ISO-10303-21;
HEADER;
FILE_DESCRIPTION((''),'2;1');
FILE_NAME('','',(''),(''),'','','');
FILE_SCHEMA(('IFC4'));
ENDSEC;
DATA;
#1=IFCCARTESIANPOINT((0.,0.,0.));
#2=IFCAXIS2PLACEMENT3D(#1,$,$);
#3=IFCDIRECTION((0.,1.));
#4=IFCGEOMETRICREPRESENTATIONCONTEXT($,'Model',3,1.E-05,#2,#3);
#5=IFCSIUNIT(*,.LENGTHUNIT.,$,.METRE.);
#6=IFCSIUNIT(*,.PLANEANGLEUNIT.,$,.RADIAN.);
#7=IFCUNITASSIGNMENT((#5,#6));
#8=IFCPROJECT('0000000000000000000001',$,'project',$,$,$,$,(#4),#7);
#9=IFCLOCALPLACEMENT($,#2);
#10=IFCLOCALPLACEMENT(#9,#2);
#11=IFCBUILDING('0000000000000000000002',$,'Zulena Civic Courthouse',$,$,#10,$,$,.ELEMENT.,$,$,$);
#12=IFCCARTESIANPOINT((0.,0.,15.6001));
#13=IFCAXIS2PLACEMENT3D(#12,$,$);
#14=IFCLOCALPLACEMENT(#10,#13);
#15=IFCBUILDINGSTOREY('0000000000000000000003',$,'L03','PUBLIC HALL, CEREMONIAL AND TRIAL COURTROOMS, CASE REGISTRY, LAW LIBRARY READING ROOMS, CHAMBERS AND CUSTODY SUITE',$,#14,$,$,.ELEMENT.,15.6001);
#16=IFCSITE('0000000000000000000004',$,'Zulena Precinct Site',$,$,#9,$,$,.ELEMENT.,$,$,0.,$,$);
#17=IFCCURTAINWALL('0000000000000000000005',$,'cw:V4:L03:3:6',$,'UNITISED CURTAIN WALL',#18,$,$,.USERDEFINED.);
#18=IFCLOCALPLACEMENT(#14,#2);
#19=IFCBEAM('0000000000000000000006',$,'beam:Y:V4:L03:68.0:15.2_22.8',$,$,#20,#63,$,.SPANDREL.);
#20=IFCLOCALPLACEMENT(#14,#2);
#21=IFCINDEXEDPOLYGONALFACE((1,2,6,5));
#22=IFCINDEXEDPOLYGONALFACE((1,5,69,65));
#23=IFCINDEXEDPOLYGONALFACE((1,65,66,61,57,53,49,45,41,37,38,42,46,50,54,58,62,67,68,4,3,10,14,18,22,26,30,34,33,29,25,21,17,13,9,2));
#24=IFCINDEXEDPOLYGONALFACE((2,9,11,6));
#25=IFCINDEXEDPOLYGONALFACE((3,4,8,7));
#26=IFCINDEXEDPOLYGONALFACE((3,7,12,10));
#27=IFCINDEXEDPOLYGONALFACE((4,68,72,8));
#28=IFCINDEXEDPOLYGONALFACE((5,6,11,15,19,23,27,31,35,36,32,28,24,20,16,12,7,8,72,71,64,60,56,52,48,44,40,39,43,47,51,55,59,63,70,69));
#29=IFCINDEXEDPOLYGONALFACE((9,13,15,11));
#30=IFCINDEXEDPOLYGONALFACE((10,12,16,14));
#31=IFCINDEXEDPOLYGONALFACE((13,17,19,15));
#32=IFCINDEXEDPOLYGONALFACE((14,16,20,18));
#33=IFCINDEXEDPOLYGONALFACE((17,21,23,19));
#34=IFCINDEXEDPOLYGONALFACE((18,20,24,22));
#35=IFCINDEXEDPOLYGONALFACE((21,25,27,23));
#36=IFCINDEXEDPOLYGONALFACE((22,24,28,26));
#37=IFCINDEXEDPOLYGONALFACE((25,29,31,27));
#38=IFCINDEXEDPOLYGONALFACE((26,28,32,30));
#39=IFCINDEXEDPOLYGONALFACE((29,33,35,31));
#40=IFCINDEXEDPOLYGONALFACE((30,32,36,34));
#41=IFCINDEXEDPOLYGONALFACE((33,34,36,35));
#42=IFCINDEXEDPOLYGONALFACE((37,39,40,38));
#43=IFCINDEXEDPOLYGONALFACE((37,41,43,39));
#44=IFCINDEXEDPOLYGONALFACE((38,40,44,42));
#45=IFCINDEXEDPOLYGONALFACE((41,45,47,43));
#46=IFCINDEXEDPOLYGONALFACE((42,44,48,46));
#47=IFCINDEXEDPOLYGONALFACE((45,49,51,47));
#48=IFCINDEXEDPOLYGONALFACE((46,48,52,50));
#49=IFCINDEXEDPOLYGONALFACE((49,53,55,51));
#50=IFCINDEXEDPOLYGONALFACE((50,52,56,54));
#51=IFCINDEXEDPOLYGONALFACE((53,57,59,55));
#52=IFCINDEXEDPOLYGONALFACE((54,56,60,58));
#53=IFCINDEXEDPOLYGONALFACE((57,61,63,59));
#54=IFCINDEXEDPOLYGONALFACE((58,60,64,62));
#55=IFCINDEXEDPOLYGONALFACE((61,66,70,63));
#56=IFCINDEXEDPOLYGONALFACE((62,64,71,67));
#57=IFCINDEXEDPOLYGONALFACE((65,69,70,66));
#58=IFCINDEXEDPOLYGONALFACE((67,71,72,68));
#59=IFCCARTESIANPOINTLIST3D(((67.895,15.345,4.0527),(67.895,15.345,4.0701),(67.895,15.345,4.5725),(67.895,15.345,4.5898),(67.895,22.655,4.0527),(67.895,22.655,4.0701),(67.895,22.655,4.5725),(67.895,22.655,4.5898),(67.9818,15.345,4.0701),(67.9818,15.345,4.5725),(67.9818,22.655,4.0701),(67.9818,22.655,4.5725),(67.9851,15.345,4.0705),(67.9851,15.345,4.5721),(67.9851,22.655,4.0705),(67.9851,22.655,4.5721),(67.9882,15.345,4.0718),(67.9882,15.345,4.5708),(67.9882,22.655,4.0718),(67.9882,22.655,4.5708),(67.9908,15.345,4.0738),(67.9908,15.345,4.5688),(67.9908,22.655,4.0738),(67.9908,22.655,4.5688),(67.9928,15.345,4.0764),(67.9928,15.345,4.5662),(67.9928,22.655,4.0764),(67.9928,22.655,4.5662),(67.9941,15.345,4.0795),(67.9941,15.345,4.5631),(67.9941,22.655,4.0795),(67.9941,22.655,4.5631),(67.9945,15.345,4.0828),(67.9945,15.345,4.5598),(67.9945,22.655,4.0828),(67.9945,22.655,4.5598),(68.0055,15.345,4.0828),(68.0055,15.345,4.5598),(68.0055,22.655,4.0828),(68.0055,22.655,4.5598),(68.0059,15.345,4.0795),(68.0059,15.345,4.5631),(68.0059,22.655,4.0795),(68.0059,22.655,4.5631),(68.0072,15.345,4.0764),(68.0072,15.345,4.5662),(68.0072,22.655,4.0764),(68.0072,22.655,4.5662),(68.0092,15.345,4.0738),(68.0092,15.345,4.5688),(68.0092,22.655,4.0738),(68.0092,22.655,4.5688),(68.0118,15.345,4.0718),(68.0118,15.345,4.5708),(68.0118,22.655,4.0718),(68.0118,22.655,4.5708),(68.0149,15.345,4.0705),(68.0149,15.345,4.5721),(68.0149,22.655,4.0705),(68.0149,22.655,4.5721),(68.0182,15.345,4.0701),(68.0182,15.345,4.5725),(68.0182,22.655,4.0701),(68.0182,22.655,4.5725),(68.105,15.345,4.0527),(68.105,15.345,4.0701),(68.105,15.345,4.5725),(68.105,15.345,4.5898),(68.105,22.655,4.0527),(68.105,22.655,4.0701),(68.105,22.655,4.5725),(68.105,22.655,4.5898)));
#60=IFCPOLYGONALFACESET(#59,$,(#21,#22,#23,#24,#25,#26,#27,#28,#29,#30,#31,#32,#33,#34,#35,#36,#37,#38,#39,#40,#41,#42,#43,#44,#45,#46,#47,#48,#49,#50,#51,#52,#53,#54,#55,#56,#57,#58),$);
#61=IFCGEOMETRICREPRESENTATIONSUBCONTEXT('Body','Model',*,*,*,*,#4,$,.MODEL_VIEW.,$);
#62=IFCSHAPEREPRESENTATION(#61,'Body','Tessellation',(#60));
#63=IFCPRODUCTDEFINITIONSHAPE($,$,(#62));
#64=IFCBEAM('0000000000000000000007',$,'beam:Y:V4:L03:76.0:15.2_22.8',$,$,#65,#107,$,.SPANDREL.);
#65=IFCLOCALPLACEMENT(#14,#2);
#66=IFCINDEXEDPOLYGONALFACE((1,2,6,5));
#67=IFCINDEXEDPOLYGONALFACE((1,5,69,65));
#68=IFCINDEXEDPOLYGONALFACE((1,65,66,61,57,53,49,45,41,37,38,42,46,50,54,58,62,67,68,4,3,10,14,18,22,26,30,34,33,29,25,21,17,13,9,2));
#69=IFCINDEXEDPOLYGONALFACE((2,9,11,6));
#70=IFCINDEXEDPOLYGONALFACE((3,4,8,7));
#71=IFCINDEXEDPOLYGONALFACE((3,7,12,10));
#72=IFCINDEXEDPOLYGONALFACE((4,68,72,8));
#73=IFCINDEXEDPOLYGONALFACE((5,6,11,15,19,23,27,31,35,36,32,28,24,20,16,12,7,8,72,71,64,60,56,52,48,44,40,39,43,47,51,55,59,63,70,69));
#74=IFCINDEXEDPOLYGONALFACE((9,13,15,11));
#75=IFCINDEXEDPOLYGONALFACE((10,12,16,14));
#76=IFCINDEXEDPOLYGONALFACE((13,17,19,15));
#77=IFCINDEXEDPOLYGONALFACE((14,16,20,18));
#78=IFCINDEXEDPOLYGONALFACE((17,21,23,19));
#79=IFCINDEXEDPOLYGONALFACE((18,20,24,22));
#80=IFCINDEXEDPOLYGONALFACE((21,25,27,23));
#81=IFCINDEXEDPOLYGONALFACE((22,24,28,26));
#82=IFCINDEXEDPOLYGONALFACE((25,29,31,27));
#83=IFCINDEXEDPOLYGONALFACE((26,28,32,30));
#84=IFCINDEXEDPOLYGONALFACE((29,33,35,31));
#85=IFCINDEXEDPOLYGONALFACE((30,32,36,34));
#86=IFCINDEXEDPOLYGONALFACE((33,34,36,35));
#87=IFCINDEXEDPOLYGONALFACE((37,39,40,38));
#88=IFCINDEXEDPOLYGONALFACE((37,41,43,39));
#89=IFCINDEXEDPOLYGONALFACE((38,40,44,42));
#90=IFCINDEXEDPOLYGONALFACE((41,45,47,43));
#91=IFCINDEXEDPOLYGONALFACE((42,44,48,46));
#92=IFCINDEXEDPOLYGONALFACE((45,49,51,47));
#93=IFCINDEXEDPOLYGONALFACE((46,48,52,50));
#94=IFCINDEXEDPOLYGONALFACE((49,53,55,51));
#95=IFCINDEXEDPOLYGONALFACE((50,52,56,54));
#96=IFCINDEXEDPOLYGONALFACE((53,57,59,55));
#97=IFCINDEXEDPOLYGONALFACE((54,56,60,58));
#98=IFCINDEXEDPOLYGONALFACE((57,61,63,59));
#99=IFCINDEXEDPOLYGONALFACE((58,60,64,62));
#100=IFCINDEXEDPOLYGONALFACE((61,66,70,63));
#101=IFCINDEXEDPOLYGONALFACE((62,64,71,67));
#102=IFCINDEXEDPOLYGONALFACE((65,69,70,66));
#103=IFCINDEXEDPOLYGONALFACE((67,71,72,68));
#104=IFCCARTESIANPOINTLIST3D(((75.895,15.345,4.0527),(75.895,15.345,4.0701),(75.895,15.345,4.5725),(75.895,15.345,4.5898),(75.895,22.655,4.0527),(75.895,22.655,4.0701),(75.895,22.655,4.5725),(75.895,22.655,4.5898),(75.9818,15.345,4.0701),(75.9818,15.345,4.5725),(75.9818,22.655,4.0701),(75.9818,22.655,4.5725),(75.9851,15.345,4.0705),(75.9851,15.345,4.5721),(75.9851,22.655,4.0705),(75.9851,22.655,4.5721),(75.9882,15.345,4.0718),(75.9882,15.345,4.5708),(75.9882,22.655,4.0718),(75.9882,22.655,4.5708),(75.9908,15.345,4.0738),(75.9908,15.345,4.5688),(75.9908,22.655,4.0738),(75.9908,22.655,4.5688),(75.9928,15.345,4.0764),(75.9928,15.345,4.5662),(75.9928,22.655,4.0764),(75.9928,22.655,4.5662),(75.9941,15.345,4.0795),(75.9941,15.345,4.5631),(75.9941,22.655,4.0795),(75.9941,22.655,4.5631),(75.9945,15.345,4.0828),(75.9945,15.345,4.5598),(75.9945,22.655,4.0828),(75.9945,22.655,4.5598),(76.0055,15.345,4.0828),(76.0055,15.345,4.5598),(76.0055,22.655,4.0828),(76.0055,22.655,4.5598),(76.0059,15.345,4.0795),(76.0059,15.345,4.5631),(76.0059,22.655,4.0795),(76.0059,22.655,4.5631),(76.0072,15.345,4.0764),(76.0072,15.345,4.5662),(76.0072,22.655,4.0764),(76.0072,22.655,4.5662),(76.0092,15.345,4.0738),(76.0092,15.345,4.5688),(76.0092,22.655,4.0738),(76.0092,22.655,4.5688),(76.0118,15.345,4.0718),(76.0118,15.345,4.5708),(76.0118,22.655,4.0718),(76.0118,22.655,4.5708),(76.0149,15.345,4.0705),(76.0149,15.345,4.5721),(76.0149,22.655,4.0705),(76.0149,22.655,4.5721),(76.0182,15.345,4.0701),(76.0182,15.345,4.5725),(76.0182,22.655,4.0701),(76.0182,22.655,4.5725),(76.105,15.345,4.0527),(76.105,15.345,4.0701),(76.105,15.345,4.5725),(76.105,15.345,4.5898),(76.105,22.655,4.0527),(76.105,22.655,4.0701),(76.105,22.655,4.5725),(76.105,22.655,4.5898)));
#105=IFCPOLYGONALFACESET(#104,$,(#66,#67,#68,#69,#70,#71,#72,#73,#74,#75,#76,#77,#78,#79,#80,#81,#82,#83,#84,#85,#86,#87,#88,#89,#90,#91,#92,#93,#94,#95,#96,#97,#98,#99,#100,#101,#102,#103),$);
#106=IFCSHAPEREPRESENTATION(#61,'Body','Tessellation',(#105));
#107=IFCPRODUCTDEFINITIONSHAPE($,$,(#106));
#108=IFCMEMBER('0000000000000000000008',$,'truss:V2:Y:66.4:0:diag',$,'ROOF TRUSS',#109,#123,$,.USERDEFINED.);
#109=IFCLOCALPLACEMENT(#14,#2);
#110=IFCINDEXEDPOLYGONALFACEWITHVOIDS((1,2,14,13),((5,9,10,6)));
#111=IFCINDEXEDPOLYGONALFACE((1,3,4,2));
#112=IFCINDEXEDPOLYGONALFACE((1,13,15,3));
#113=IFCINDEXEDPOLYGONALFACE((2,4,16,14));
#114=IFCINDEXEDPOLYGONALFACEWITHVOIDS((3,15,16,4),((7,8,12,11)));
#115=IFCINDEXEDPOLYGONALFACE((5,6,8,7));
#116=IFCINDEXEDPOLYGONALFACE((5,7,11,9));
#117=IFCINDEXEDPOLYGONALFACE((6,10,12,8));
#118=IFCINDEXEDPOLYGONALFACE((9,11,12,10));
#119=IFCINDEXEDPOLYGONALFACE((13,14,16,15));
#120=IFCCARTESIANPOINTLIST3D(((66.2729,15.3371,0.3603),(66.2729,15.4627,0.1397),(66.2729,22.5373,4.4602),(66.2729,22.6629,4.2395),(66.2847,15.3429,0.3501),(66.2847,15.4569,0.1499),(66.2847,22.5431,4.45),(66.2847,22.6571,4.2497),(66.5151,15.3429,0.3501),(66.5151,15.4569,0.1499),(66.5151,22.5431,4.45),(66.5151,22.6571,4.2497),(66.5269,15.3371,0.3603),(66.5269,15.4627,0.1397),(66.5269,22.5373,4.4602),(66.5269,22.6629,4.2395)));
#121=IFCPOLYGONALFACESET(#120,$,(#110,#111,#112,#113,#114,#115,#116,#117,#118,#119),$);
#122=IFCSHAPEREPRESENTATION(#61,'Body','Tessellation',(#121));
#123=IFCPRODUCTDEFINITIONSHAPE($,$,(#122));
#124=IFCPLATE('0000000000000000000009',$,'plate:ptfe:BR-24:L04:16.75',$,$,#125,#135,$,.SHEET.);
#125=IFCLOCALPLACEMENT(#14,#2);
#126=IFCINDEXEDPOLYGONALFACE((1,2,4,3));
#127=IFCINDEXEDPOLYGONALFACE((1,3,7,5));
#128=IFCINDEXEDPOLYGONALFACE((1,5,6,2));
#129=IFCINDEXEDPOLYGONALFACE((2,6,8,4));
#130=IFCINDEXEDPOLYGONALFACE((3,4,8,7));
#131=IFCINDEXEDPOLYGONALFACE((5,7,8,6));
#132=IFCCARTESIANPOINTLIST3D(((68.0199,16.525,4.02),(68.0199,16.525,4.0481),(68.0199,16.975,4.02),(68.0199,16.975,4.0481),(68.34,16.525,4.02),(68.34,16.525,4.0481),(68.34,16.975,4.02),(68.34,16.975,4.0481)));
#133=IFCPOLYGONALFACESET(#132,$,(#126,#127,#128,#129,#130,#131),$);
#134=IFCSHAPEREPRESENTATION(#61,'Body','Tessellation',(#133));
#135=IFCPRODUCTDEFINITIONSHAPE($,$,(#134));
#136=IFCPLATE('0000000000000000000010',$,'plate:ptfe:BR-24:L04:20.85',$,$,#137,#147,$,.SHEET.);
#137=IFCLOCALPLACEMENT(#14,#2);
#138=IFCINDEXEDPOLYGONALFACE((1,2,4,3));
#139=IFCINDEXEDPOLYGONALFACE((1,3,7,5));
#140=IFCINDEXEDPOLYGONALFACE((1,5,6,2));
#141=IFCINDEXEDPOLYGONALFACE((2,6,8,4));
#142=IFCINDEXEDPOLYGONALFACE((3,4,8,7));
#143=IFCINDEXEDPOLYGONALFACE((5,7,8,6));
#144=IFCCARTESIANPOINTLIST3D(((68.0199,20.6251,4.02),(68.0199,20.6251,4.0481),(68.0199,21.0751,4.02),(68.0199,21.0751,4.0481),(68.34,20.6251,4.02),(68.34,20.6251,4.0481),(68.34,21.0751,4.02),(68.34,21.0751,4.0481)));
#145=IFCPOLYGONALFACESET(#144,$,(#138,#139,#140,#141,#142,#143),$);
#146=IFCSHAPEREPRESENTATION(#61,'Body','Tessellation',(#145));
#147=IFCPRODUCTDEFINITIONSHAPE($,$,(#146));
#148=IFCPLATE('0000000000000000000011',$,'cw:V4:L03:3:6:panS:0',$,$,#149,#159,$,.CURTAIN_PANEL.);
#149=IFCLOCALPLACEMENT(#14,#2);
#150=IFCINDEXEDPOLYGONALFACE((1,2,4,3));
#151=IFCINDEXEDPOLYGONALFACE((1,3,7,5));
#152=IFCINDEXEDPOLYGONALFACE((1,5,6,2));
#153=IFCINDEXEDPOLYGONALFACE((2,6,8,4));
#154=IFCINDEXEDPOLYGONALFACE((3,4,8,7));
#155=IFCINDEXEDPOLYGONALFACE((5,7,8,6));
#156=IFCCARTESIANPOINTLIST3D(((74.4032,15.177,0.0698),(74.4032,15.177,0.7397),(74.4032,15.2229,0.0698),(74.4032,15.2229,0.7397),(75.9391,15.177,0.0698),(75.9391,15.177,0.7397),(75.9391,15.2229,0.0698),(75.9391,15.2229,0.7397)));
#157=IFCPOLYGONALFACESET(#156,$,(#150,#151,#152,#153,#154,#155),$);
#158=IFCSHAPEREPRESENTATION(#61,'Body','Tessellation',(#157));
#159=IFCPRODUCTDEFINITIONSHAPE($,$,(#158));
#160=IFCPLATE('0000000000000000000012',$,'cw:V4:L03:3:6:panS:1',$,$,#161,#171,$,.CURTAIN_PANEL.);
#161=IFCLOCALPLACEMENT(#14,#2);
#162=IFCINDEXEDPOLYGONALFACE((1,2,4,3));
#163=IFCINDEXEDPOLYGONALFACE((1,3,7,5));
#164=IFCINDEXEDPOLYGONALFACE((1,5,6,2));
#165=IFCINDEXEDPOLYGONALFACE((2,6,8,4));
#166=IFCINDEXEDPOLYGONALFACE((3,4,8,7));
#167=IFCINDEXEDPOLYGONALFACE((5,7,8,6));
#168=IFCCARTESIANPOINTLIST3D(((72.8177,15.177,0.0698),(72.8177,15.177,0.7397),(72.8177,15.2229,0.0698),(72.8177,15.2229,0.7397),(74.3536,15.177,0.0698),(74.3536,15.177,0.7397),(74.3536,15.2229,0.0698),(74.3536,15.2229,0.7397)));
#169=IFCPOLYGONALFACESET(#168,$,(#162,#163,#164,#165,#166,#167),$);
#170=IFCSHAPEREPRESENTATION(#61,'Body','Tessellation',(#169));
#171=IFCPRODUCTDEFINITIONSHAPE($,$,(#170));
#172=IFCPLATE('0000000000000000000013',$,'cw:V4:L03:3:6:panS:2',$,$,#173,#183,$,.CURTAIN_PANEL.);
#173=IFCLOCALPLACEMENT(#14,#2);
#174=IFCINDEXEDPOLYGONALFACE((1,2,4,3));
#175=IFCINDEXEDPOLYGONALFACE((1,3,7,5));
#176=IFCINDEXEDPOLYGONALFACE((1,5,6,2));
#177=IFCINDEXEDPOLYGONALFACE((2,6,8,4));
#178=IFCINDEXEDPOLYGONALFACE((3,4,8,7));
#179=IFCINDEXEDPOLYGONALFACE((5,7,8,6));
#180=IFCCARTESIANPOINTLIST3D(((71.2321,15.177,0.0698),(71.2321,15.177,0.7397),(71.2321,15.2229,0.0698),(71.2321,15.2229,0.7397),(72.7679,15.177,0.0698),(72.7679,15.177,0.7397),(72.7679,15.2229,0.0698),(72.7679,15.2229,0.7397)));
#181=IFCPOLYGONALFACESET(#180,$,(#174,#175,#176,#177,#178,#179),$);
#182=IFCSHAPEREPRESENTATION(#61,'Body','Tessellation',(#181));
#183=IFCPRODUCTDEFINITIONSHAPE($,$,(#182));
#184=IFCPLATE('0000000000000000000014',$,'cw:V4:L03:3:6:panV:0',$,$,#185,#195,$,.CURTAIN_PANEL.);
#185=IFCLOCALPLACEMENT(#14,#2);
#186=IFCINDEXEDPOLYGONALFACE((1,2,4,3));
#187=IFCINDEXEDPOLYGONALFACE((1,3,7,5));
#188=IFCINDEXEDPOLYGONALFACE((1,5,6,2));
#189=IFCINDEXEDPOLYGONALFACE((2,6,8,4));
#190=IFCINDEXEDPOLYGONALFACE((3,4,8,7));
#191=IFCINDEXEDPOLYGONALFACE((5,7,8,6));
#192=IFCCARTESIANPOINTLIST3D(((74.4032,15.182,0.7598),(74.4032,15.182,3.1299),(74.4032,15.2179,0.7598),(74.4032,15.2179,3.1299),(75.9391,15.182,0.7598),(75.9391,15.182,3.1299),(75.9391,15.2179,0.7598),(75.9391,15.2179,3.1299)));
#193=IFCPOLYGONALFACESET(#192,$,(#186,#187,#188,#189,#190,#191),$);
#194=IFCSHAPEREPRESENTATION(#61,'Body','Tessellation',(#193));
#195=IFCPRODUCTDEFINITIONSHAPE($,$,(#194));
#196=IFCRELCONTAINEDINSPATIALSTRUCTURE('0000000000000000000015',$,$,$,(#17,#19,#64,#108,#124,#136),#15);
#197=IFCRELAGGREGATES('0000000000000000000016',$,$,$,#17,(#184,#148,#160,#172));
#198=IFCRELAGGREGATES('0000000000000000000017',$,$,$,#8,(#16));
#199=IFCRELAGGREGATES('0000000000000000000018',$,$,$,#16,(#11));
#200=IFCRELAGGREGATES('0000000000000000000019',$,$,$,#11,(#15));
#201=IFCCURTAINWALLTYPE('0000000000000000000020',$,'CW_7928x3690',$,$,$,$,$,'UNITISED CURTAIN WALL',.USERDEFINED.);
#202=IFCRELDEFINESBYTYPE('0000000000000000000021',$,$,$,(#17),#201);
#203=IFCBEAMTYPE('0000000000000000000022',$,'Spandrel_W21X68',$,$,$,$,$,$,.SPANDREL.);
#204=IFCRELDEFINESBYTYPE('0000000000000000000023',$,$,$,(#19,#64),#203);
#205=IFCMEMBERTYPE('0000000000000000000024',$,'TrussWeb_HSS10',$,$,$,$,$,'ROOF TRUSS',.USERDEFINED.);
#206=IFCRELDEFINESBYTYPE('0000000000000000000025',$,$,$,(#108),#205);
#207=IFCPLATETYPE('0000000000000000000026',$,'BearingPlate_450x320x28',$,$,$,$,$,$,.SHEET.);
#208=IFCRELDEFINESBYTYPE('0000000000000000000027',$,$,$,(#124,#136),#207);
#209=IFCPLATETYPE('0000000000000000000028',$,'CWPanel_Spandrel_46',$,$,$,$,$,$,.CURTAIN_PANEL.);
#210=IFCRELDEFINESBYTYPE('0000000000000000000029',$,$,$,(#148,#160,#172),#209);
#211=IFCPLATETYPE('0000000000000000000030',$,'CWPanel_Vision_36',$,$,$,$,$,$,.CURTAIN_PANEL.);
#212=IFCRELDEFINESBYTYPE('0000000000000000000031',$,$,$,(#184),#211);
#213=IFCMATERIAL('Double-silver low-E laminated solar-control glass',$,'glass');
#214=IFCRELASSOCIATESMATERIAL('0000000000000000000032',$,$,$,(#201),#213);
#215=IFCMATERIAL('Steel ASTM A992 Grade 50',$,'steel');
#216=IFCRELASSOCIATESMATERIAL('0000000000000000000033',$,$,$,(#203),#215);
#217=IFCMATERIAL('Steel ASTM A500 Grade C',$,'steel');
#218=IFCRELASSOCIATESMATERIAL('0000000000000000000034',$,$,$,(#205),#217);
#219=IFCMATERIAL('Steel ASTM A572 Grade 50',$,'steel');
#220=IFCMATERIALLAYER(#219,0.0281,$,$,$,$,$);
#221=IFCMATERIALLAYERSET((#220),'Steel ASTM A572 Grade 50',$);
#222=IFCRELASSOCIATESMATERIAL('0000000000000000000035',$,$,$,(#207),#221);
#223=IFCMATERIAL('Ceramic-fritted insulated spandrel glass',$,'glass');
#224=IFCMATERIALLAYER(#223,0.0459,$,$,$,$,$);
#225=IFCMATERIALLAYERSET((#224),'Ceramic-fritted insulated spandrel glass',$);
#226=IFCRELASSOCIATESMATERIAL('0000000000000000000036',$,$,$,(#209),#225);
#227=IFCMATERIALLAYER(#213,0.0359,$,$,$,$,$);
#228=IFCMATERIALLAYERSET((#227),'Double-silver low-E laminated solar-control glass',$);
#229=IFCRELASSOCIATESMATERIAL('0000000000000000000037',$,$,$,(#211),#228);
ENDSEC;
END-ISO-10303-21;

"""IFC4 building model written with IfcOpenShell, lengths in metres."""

from ifc_helpers import new_model, si_unit, direction, frame, origin, origin_2d, place, context, subcontext, project, spatial, rectangle, hollow_rectangle, i_section, extrude, material, layer, layer_set, material_profile, profile_set, type_object, element, aggregate, save


model = new_model("IFC4")

# Units and contexts
model_context = context("Model", 3, precision=1e-05, world=origin(), true_north=direction((0.0, 1.0)))
body_context = subcontext(model_context, "Body", "Model", "MODEL_VIEW")
ifc_project = project(units=[si_unit("LENGTHUNIT", "METRE"), si_unit("PLANEANGLEUNIT", "RADIAN")], contexts=[model_context])

# Site, building, storey
site_placement = place(None, origin())
site = spatial("IfcSite", under=ifc_project, at=site_placement, Name="Zulena Precinct Site", CompositionType="ELEMENT", RefElevation=0.0)
building_placement = place(site_placement, origin())
building = spatial("IfcBuilding", under=site, at=building_placement, Name="Zulena Civic Courthouse", CompositionType="ELEMENT")
storey_placement = place(building_placement, frame((0.0, 0.0, 15.6001)))
storey = spatial("IfcBuildingStorey", under=building, at=storey_placement, Name="L03", Description="PUBLIC HALL, CEREMONIAL AND TRIAL COURTROOMS, CASE REGISTRY, LAW LIBRARY READING ROOMS, CHAMBERS AND CUSTODY SUITE", CompositionType="ELEMENT", Elevation=15.6001)

# Shared definitions
ifc_material_1 = material(Name="Steel ASTM A992 Grade 50", Category="steel")

# Shared definitions
ifc_material_2 = material(Name="Steel ASTM A500 Grade C", Category="steel")

# Curtain wall
ifc_material_3 = material(Name="Double-silver low-E laminated solar-control glass", Category="glass")
curtain_wall_type = type_object("IfcCurtainWallType", Name="CW_7928x3690", ElementType="UNITISED CURTAIN WALL", PredefinedType="USERDEFINED", material=ifc_material_3)
curtain_wall_placement = place(storey_placement, origin())
curtain_wall = element("IfcCurtainWall", 1, at=curtain_wall_placement, inside=storey, type_object=curtain_wall_type, Name="cw:V4:L03:3:6", ObjectType="UNITISED CURTAIN WALL", PredefinedType="USERDEFINED")

# Beams
ifc_material_profile_1 = material_profile(ifc_material_1, i_section(OverallWidth=0.21, OverallDepth=0.5371, WebThickness=0.011, FlangeThickness=0.0173, FilletRadius=0.0127, at=origin_2d()), Name="W21X68")
ifc_profile_set_1 = profile_set([ifc_material_profile_1], Name="Steel ASTM A992 Grade 50")
beam_type_1 = type_object("IfcBeamType", Name="Spandrel_W21X68", PredefinedType="SPANDREL", material=ifc_profile_set_1)
for number, where, z_axis, x_axis, name in (
    (2, (68.0, 15.345, 4.3213), (0.0, 1.0, 0.0), (-1.0, 0.0, 0.0), "beam:Y:V4:L03:68.0:15.2_22.8"),
    (3, (76.0, 15.345, 4.3213), (0.0, 1.0, 0.0), (-1.0, 0.0, 0.0), "beam:Y:V4:L03:76.0:15.2_22.8"),
):
    element("IfcBeam", number, at=place(storey_placement, frame(where, z_axis=z_axis, x_axis=x_axis)), inside=storey, type_object=beam_type_1, Name=name, PredefinedType="SPANDREL", context=body_context, shape_type="SweptSolid", body=[
        extrude(i_section(OverallWidth=0.21, OverallDepth=0.5371, WebThickness=0.011, FlangeThickness=0.0173, FilletRadius=0.0127, at=origin_2d()), origin(), (0.0, 0.0, 1.0), 7.3101),
    ])

# Member
ifc_material_profile_2 = material_profile(ifc_material_2, hollow_rectangle(XDim=0.2539, YDim=0.2539, WallThickness=0.0117, at=origin_2d()), Name="HSS10X10X1/2")
ifc_profile_set_2 = profile_set([ifc_material_profile_2], Name="Steel ASTM A500 Grade C")
member_type_1 = type_object("IfcMemberType", Name="TrussWeb_HSS10", ElementType="ROOF TRUSS", PredefinedType="USERDEFINED", material=ifc_profile_set_2)
member_1_placement = place(storey_placement, frame((66.3999, 15.3999, 0.25), z_axis=(0.0, 0.868998, 0.494815), x_axis=(-1.0, 0.0, 0.0)))
element("IfcMember", 4, at=member_1_placement, inside=storey, type_object=member_type_1, Name="truss:V2:Y:66.4:0:diag", ObjectType="ROOF TRUSS", PredefinedType="USERDEFINED", context=body_context, shape_type="SweptSolid", body=[
    extrude(hollow_rectangle(XDim=0.2539, YDim=0.2539, WallThickness=0.0117, at=origin_2d()), origin(), (0.0, 0.0, 1.0), 8.2856),
])

# Plates
ifc_material_4 = material(Name="Steel ASTM A572 Grade 50", Category="steel")
ifc_layer_1 = layer(ifc_material_4, 0.0281)
ifc_layer_set_1 = layer_set([ifc_layer_1], Name="Steel ASTM A572 Grade 50")
plate_type_1 = type_object("IfcPlateType", Name="BearingPlate_450x320x28", PredefinedType="SHEET", material=ifc_layer_set_1)
for number, where, z_axis, x_axis, name in (
    (5, (68.1799, 16.75, 4.02), (0.0, 0.0, 1.0), (1.0, 0.0, 0.0), "plate:ptfe:BR-24:L04:16.75"),
    (6, (68.1799, 20.8501, 4.02), (0.0, 0.0, 1.0), (1.0, 0.0, 0.0), "plate:ptfe:BR-24:L04:20.85"),
):
    element("IfcPlate", number, at=place(storey_placement, frame(where, z_axis=z_axis, x_axis=x_axis)), inside=storey, type_object=plate_type_1, Name=name, PredefinedType="SHEET", context=body_context, shape_type="SweptSolid", body=[
        extrude(rectangle(XDim=0.3201, YDim=0.45, at=origin_2d()), origin(), (0.0, 0.0, 1.0), 0.0281),
    ])

# Plates
ifc_material_5 = material(Name="Ceramic-fritted insulated spandrel glass", Category="glass")
ifc_layer_2 = layer(ifc_material_5, 0.0459)
ifc_layer_set_2 = layer_set([ifc_layer_2], Name="Ceramic-fritted insulated spandrel glass")
plate_type_2 = type_object("IfcPlateType", Name="CWPanel_Spandrel_46", PredefinedType="CURTAIN_PANEL", material=ifc_layer_set_2)
plate_1_placement = place(storey_placement, frame((75.1711, 15.2, 0.0698), z_axis=(0.0, 0.0, 1.0), x_axis=(-1.0, 0.0, 0.0)))
plate_1 = element("IfcPlate", 7, at=plate_1_placement, type_object=plate_type_2, Name="cw:V4:L03:3:6:panS:0", PredefinedType="CURTAIN_PANEL", context=body_context, shape_type="SweptSolid", body=[
    extrude(rectangle(XDim=1.5359, YDim=0.0459, at=origin_2d()), origin(), (0.0, 0.0, 1.0), 0.6699),
])
plate_2_placement = place(storey_placement, frame((73.5857, 15.2, 0.0698), z_axis=(0.0, 0.0, 1.0), x_axis=(-1.0, 0.0, 0.0)))
plate_2 = element("IfcPlate", 8, at=plate_2_placement, type_object=plate_type_2, Name="cw:V4:L03:3:6:panS:1", PredefinedType="CURTAIN_PANEL", context=body_context, shape_type="SweptSolid", body=[
    extrude(rectangle(XDim=1.5359, YDim=0.0459, at=origin_2d()), origin(), (0.0, 0.0, 1.0), 0.6699),
])
plate_3_placement = place(storey_placement, frame((72.0, 15.2, 0.0698), z_axis=(0.0, 0.0, 1.0), x_axis=(-1.0, 0.0, 0.0)))
plate_3 = element("IfcPlate", 9, at=plate_3_placement, type_object=plate_type_2, Name="cw:V4:L03:3:6:panS:2", PredefinedType="CURTAIN_PANEL", context=body_context, shape_type="SweptSolid", body=[
    extrude(rectangle(XDim=1.5359, YDim=0.0459, at=origin_2d()), origin(), (0.0, 0.0, 1.0), 0.6699),
])
ifc_layer_3 = layer(ifc_material_3, 0.0359)
ifc_layer_set_3 = layer_set([ifc_layer_3], Name="Double-silver low-E laminated solar-control glass")
plate_type_3 = type_object("IfcPlateType", Name="CWPanel_Vision_36", PredefinedType="CURTAIN_PANEL", material=ifc_layer_set_3)
plate_4_placement = place(storey_placement, frame((75.1711, 15.2, 0.7598), z_axis=(0.0, 0.0, 1.0), x_axis=(-1.0, 0.0, 0.0)))
plate_4 = element("IfcPlate", 10, at=plate_4_placement, type_object=plate_type_3, Name="cw:V4:L03:3:6:panV:0", PredefinedType="CURTAIN_PANEL", context=body_context, shape_type="SweptSolid", body=[
    extrude(rectangle(XDim=1.5359, YDim=0.0359, at=origin_2d()), origin(), (0.0, 0.0, 1.0), 2.3701),
])
aggregate(curtain_wall, [plate_4, plate_1, plate_2, plate_3])

save(model, "model.ifc")
